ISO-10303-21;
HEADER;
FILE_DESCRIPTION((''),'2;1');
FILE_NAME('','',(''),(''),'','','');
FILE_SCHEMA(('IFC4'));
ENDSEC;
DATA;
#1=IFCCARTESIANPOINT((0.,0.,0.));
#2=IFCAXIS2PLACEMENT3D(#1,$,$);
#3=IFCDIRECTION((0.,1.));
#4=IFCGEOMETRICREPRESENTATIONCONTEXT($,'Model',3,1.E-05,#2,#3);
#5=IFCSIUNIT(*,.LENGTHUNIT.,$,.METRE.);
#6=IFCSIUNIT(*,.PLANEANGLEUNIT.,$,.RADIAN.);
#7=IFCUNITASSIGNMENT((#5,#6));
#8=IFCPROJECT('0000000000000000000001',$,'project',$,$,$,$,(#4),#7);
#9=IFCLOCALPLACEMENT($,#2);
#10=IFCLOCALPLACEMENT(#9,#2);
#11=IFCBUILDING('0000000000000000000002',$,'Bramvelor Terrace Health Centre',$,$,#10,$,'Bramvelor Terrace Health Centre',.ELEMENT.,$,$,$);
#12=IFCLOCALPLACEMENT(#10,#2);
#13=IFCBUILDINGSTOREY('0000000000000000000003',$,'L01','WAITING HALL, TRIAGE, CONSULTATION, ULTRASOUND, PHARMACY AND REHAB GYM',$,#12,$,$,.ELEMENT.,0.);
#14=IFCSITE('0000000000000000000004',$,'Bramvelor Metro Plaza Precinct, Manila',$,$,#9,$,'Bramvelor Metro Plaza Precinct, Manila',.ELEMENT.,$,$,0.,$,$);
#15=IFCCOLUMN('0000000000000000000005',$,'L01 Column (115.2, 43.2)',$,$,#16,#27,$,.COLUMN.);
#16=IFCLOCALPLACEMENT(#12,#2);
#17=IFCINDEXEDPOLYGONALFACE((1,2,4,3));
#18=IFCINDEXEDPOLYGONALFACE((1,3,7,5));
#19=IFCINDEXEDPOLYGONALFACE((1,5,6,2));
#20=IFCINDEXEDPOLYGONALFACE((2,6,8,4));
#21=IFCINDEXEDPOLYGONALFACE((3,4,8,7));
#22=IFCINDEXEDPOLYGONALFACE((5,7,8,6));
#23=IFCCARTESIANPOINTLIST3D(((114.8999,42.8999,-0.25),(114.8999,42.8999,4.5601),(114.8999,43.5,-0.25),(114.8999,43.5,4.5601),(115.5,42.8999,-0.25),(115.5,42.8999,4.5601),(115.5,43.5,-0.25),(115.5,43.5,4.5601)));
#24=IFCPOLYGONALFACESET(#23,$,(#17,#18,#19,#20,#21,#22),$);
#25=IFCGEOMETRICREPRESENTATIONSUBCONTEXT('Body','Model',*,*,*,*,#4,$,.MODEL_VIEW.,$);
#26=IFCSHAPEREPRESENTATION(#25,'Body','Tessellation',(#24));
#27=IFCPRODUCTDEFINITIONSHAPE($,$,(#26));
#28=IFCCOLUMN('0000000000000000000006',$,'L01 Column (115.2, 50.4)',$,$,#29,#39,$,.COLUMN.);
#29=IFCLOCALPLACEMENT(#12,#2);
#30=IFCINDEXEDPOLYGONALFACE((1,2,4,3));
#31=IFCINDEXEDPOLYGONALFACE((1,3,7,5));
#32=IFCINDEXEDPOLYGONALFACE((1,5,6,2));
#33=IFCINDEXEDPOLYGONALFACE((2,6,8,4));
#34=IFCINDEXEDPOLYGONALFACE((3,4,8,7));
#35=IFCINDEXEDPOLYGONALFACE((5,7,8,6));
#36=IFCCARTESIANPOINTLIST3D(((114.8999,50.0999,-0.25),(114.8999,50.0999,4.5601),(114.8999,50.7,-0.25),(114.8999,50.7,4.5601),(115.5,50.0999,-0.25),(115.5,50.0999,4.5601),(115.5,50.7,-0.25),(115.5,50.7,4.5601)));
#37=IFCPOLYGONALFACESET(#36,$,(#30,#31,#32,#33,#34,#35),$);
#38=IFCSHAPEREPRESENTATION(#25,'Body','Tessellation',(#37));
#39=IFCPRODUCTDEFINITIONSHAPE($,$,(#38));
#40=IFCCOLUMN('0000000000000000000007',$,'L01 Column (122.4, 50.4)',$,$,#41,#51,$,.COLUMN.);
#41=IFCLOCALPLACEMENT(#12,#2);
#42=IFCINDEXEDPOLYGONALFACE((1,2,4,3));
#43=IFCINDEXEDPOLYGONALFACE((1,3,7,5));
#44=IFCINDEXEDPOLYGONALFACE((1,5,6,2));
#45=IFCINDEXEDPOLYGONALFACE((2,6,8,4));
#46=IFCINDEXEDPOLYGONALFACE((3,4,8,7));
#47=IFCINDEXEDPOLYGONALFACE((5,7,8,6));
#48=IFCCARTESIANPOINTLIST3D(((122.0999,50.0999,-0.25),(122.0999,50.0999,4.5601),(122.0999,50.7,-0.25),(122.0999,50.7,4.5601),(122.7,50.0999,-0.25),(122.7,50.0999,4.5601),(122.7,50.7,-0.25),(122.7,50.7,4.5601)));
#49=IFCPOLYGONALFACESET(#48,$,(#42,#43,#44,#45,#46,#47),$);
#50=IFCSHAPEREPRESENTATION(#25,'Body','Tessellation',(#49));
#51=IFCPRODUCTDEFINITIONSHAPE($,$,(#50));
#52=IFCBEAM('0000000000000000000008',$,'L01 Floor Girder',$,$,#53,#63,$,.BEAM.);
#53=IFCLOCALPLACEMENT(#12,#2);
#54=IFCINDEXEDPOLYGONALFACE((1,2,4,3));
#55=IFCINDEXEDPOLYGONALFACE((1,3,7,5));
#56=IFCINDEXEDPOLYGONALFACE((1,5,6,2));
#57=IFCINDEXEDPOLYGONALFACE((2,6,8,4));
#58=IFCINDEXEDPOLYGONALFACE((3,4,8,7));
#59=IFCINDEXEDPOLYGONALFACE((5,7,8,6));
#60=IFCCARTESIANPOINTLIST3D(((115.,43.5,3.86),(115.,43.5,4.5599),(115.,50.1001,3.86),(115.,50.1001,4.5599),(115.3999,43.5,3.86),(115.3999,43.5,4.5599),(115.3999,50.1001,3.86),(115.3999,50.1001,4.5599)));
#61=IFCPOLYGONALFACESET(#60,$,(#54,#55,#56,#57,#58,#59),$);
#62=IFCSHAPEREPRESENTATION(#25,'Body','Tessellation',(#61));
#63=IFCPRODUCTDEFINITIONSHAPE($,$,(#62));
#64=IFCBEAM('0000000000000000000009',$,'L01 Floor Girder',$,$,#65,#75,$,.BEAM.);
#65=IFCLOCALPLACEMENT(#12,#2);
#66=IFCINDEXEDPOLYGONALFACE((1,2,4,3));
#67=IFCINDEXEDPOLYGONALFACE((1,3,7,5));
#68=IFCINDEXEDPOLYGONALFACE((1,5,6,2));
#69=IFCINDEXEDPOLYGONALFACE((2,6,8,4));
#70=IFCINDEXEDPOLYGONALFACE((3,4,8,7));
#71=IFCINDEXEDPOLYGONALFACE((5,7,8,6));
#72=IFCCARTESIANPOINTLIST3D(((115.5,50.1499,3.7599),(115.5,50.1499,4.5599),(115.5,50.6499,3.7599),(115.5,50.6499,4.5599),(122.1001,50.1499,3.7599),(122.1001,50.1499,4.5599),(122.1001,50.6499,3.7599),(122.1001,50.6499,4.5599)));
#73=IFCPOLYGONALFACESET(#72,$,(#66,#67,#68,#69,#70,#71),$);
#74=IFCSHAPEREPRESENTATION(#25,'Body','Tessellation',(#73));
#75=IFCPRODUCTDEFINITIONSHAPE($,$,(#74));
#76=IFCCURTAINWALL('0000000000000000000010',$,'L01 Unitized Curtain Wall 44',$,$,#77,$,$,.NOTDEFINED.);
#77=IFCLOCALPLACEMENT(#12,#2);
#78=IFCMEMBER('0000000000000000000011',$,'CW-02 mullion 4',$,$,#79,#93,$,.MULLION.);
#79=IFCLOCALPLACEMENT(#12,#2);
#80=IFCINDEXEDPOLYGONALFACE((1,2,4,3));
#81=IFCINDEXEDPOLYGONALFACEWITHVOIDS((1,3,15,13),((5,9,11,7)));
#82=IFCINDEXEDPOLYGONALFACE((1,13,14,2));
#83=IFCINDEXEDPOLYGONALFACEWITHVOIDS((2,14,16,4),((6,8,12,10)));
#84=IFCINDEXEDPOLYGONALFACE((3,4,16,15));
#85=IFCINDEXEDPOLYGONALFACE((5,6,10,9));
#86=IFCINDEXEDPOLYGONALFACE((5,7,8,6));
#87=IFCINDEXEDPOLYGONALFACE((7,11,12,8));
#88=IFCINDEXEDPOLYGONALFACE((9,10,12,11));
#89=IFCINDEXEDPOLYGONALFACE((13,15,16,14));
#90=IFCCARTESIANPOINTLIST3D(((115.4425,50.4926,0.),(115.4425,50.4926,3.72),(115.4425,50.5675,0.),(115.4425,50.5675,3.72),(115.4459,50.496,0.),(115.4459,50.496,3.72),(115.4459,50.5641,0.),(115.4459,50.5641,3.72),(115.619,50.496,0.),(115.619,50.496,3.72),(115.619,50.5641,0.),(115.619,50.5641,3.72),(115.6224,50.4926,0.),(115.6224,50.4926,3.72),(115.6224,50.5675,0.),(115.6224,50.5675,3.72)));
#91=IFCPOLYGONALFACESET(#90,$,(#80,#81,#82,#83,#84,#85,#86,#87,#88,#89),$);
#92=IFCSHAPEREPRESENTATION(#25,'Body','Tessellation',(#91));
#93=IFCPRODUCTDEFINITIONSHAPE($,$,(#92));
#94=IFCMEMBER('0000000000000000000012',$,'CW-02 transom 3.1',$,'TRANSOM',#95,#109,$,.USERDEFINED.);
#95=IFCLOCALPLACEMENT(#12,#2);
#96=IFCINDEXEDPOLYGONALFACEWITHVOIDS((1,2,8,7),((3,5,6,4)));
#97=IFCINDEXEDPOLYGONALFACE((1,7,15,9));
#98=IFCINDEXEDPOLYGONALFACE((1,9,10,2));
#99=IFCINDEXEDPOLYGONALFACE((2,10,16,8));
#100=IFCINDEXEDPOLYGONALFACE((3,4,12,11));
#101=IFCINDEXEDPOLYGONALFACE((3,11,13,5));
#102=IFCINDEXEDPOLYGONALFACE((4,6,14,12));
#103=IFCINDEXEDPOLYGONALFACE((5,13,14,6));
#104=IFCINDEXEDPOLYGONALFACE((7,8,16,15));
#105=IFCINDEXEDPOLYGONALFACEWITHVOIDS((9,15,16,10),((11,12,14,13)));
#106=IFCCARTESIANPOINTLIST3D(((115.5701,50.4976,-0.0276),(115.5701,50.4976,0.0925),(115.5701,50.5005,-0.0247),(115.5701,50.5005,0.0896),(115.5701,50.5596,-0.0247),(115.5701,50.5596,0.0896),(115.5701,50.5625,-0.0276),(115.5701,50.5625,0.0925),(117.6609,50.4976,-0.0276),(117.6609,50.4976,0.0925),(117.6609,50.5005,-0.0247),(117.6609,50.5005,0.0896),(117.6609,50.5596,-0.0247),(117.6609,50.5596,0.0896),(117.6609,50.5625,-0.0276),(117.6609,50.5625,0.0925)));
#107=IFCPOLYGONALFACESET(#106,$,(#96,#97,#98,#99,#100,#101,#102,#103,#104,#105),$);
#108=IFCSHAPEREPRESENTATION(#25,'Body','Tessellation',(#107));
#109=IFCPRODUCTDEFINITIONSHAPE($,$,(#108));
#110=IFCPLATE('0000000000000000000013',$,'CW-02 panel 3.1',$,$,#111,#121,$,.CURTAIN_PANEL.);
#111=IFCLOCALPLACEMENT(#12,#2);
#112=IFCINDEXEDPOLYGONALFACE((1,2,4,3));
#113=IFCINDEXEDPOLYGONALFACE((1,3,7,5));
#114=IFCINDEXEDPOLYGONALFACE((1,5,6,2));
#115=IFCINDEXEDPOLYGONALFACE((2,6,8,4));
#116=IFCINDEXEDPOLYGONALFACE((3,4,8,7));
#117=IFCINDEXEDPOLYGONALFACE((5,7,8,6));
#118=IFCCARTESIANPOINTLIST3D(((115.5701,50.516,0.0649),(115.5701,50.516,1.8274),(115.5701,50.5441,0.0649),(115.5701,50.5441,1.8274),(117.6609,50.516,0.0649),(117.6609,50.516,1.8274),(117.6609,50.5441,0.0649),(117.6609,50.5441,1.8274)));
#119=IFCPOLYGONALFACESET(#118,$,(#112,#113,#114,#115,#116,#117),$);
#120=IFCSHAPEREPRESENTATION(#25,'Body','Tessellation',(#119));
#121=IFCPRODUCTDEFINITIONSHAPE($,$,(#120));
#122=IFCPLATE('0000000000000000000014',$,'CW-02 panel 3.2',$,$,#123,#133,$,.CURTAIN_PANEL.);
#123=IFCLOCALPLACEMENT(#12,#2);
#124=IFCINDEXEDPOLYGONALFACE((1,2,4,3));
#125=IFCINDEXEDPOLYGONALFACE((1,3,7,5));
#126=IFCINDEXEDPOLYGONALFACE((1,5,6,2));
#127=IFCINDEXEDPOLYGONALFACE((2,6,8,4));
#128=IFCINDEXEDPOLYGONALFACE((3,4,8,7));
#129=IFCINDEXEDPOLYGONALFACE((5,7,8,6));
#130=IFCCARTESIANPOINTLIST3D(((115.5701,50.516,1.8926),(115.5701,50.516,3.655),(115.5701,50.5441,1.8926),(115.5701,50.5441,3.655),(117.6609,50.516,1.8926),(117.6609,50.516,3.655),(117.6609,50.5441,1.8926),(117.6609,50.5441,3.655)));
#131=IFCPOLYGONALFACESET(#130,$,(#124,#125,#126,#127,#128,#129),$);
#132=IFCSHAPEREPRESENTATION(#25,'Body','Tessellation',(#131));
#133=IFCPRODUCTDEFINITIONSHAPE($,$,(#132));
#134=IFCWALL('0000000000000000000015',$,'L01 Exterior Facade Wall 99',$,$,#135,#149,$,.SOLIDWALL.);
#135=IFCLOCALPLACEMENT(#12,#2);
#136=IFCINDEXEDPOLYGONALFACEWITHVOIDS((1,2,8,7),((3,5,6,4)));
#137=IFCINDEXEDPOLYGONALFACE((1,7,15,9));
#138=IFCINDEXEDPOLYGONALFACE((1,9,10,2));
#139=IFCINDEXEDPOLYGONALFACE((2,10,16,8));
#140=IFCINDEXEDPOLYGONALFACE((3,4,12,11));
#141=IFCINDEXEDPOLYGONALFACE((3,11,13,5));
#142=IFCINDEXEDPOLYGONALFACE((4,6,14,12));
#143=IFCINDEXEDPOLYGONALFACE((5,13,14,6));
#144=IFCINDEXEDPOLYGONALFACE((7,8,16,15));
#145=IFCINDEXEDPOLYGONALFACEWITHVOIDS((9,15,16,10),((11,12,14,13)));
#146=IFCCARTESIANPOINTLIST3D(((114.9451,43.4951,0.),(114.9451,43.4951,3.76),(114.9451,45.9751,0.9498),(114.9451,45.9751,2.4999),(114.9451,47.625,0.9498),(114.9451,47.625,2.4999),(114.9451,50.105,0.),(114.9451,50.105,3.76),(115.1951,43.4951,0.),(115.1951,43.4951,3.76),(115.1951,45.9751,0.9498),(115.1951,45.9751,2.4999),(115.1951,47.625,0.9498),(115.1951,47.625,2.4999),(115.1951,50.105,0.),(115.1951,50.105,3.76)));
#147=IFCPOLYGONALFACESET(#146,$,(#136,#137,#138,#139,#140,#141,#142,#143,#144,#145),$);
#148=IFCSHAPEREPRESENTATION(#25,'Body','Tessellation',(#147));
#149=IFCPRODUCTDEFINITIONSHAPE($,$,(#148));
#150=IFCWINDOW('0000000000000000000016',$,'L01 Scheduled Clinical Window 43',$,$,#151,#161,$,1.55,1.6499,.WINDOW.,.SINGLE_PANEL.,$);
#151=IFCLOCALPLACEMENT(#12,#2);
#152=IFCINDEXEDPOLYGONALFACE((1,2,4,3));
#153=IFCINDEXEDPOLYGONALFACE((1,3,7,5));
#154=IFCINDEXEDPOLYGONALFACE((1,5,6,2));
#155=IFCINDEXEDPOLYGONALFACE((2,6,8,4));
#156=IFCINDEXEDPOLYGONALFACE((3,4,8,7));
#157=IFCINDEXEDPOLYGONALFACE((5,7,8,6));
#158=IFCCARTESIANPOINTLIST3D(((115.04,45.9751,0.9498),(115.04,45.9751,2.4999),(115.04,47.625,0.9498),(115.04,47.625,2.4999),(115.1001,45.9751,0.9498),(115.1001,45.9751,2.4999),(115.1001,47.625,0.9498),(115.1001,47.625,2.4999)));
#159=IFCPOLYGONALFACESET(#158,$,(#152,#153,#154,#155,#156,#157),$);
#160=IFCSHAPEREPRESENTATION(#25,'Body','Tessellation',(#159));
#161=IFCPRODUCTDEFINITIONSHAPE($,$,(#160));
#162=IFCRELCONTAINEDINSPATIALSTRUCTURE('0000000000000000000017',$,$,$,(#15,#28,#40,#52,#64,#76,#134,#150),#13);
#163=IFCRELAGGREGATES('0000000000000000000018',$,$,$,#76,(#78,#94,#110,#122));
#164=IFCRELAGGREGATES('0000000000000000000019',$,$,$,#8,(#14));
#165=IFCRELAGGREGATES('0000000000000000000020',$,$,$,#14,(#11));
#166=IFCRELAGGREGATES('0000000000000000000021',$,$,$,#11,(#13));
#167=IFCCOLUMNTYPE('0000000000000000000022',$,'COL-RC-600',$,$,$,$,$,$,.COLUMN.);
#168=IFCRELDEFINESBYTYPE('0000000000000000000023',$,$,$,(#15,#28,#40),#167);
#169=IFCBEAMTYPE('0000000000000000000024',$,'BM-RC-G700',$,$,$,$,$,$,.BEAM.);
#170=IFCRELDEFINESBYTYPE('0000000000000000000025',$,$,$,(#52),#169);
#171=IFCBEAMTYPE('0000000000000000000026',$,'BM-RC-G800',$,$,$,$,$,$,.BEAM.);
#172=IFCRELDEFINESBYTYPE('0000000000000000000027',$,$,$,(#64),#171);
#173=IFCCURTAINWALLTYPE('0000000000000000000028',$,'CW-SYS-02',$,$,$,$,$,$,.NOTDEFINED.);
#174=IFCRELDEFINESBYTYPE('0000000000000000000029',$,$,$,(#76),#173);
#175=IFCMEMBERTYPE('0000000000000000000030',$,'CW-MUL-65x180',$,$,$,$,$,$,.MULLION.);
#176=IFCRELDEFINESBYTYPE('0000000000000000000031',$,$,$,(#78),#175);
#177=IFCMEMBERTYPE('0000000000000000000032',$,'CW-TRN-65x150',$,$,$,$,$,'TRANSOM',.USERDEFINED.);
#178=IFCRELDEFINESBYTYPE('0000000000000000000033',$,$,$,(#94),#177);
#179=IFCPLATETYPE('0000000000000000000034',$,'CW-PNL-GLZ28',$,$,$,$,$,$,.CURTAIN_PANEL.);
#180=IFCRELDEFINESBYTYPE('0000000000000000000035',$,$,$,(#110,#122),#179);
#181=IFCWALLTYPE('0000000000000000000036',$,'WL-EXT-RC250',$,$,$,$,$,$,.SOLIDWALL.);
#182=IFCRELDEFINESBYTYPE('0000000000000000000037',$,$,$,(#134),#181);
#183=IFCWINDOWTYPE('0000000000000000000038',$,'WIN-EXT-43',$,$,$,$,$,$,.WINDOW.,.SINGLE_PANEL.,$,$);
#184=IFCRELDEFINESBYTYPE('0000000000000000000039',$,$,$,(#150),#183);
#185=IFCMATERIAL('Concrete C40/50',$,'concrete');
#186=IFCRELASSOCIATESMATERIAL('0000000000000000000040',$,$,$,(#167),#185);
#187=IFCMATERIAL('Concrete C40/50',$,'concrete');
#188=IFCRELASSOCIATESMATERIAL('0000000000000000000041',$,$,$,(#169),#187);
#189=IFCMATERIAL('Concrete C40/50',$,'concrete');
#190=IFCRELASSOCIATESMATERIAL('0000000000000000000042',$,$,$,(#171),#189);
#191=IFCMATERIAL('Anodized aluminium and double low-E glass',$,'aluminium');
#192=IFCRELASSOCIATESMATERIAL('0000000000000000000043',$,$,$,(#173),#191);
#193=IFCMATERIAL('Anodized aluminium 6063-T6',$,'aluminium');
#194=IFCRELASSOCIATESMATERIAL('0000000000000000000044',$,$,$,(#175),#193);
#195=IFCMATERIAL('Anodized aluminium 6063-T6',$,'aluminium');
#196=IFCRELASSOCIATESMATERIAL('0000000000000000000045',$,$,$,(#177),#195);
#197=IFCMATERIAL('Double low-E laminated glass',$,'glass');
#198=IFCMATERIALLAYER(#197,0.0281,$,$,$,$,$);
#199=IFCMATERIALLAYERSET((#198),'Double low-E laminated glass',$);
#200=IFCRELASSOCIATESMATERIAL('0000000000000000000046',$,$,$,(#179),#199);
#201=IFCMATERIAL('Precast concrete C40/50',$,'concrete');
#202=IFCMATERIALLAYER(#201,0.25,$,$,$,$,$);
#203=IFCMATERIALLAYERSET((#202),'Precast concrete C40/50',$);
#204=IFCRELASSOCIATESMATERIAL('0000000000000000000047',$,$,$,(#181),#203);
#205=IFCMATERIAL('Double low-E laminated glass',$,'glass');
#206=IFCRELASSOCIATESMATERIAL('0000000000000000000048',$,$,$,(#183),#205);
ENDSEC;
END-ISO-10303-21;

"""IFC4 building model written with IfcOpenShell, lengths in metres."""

from ifc_helpers import new_model, si_unit, direction, frame, frame_2d, origin, origin_2d, place, context, subcontext, project, spatial, rectangle, hollow_rectangle, extrude, material, layer, layer_set, material_profile, profile_set, type_object, element, fill, aggregate, save


model = new_model("IFC4")

# Units and contexts
model_context = context("Model", 3, precision=1e-05, world=origin(), true_north=direction((0.0, 1.0)))
body_context = subcontext(model_context, "Body", "Model", "MODEL_VIEW")
ifc_project = project(units=[si_unit("LENGTHUNIT", "METRE"), si_unit("PLANEANGLEUNIT", "RADIAN")], contexts=[model_context])

# Site, building, storey
site_placement = place(None, origin())
site = spatial("IfcSite", under=ifc_project, at=site_placement, Name="Bramvelor Metro Plaza Precinct, Manila", LongName="Bramvelor Metro Plaza Precinct, Manila", CompositionType="ELEMENT", RefElevation=0.0)
building_placement = place(site_placement, origin())
building = spatial("IfcBuilding", under=site, at=building_placement, Name="Bramvelor Terrace Health Centre", LongName="Bramvelor Terrace Health Centre", CompositionType="ELEMENT")
storey_placement = place(building_placement, origin())
storey = spatial("IfcBuildingStorey", under=building, at=storey_placement, Name="L01", Description="WAITING HALL, TRIAGE, CONSULTATION, ULTRASOUND, PHARMACY AND REHAB GYM", CompositionType="ELEMENT", Elevation=0.0)

# Columns
ifc_material_1 = material(Name="Concrete C40/50", Category="concrete")
ifc_material_profile_1 = material_profile(ifc_material_1, rectangle(XDim=0.6001, YDim=0.6001, at=origin_2d()), Name="RC 600x600")
ifc_profile_set_1 = profile_set([ifc_material_profile_1], Name="Concrete C40/50")
column_type = type_object("IfcColumnType", Name="COL-RC-600", PredefinedType="COLUMN", material=ifc_profile_set_1)
for number, where, z_axis, x_axis, name in (
    (1, (115.2, 43.2, -0.25), (0.0, 0.0, 1.0), (1.0, 0.0, 0.0), "L01 Column (115.2, 43.2)"),
    (2, (115.2, 50.3999, -0.25), (0.0, 0.0, 1.0), (1.0, 0.0, 0.0), "L01 Column (115.2, 50.4)"),
    (3, (122.3999, 50.3999, -0.25), (0.0, 0.0, 1.0), (1.0, 0.0, 0.0), "L01 Column (122.4, 50.4)"),
):
    element("IfcColumn", number, at=place(storey_placement, frame(where, z_axis=z_axis, x_axis=x_axis)), inside=storey, type_object=column_type, Name=name, PredefinedType="COLUMN", context=body_context, shape_type="SweptSolid", body=[
        extrude(rectangle(XDim=0.6001, YDim=0.6001, at=origin_2d()), origin(), (0.0, 0.0, 1.0), 4.8101),
    ])

# Beams
ifc_material_2 = material(Name="Concrete C40/50", Category="concrete")
ifc_material_profile_2 = material_profile(ifc_material_2, rectangle(XDim=0.3999, YDim=0.7, at=origin_2d()), Name="RC 400x700")
ifc_profile_set_2 = profile_set([ifc_material_profile_2], Name="Concrete C40/50")
beam_type_1 = type_object("IfcBeamType", Name="BM-RC-G700", PredefinedType="BEAM", material=ifc_profile_set_2)
beam_1_placement = place(storey_placement, frame((115.2, 43.5, 4.21), z_axis=(0.0, 1.0, 0.0), x_axis=(-1.0, 0.0, 0.0)))
element("IfcBeam", 4, at=beam_1_placement, inside=storey, type_object=beam_type_1, Name="L01 Floor Girder", PredefinedType="BEAM", context=body_context, shape_type="SweptSolid", body=[
    extrude(rectangle(XDim=0.3999, YDim=0.7, at=origin_2d()), origin(), (0.0, 0.0, 1.0), 6.6001),
])
ifc_material_3 = material(Name="Concrete C40/50", Category="concrete")
ifc_material_profile_3 = material_profile(ifc_material_3, rectangle(XDim=0.5, YDim=0.8, at=origin_2d()), Name="RC 500x800")
ifc_profile_set_3 = profile_set([ifc_material_profile_3], Name="Concrete C40/50")
beam_type_2 = type_object("IfcBeamType", Name="BM-RC-G800", PredefinedType="BEAM", material=ifc_profile_set_3)
beam_2_placement = place(storey_placement, frame((115.5, 50.3999, 4.1599), z_axis=(1.0, 0.0, 0.0), x_axis=(0.0, 1.0, 0.0)))
element("IfcBeam", 5, at=beam_2_placement, inside=storey, type_object=beam_type_2, Name="L01 Floor Girder", PredefinedType="BEAM", context=body_context, shape_type="SweptSolid", body=[
    extrude(rectangle(XDim=0.5, YDim=0.8, at=origin_2d()), origin(), (0.0, 0.0, 1.0), 6.6001),
])

# Curtain wall, members, plates
ifc_material_4 = material(Name="Anodized aluminium and double low-E glass", Category="aluminium")
curtain_wall_type = type_object("IfcCurtainWallType", Name="CW-SYS-02", PredefinedType="NOTDEFINED", material=ifc_material_4)
curtain_wall_placement = place(storey_placement, origin())
curtain_wall = element("IfcCurtainWall", 6, at=curtain_wall_placement, inside=storey, type_object=curtain_wall_type, Name="L01 Unitized Curtain Wall 44", PredefinedType="NOTDEFINED")
ifc_material_5 = material(Name="Anodized aluminium 6063-T6", Category="aluminium")
ifc_material_profile_4 = material_profile(ifc_material_5, hollow_rectangle(XDim=0.075, YDim=0.1799, WallThickness=0.0034, at=origin_2d()), Name="ALU-MUL 75x180x3.5")
ifc_profile_set_4 = profile_set([ifc_material_profile_4], Name="Anodized aluminium 6063-T6")
member_type_1 = type_object("IfcMemberType", Name="CW-MUL-65x180", PredefinedType="MULLION", material=ifc_profile_set_4)
member_1_placement = place(storey_placement, frame((115.5325, 50.53, 0.0), z_axis=(0.0, 0.0, 1.0), x_axis=(0.0, -1.0, 0.0)))
member_1 = element("IfcMember", 7, at=member_1_placement, type_object=member_type_1, Name="CW-02 mullion 4", PredefinedType="MULLION", context=body_context, shape_type="SweptSolid", body=[
    extrude(hollow_rectangle(XDim=0.075, YDim=0.1799, WallThickness=0.0034, at=origin_2d()), origin(), (0.0, 0.0, 1.0), 3.72),
])
ifc_material_6 = material(Name="Anodized aluminium 6063-T6", Category="aluminium")
ifc_material_profile_5 = material_profile(ifc_material_6, hollow_rectangle(XDim=0.0649, YDim=0.1201, WallThickness=0.0029, at=origin_2d()), Name="ALU-TRN 65x120x3.0")
ifc_profile_set_5 = profile_set([ifc_material_profile_5], Name="Anodized aluminium 6063-T6")
member_type_2 = type_object("IfcMemberType", Name="CW-TRN-65x150", ElementType="TRANSOM", PredefinedType="USERDEFINED", material=ifc_profile_set_5)
member_2_placement = place(storey_placement, frame((117.6609, 50.53, 0.0325), z_axis=(-1.0, 0.0, 0.0), x_axis=(0.0, -1.0, 0.0)))
member_2 = element("IfcMember", 8, at=member_2_placement, type_object=member_type_2, Name="CW-02 transom 3.1", ObjectType="TRANSOM", PredefinedType="USERDEFINED", context=body_context, shape_type="SweptSolid", body=[
    extrude(hollow_rectangle(XDim=0.0649, YDim=0.1201, WallThickness=0.0029, at=origin_2d()), origin(), (0.0, 0.0, 1.0), 2.0908),
])
ifc_material_7 = material(Name="Double low-E laminated glass", Category="glass")
ifc_layer_1 = layer(ifc_material_7, 0.0281)
ifc_layer_set_1 = layer_set([ifc_layer_1], Name="Double low-E laminated glass")
plate_type = type_object("IfcPlateType", Name="CW-PNL-GLZ28", PredefinedType="CURTAIN_PANEL", material=ifc_layer_set_1)
plate_1_placement = place(storey_placement, frame((116.6155, 50.53, 0.0649), z_axis=(0.0, 0.0, 1.0), x_axis=(-1.0, 0.0, 0.0)))
plate_1 = element("IfcPlate", 9, at=plate_1_placement, type_object=plate_type, Name="CW-02 panel 3.1", PredefinedType="CURTAIN_PANEL", context=body_context, shape_type="SweptSolid", body=[
    extrude(rectangle(XDim=2.0908, YDim=0.0281, at=origin_2d()), origin(), (0.0, 0.0, 1.0), 1.7625),
])
plate_2_placement = place(storey_placement, frame((116.6155, 50.53, 1.8926), z_axis=(0.0, 0.0, 1.0), x_axis=(-1.0, 0.0, 0.0)))
plate_2 = element("IfcPlate", 10, at=plate_2_placement, type_object=plate_type, Name="CW-02 panel 3.2", PredefinedType="CURTAIN_PANEL", context=body_context, shape_type="SweptSolid", body=[
    extrude(rectangle(XDim=2.0908, YDim=0.0281, at=origin_2d()), origin(), (0.0, 0.0, 1.0), 1.7625),
])
aggregate(curtain_wall, [member_1, member_2, plate_1, plate_2])

# Wall, opening, window
ifc_material_8 = material(Name="Precast concrete C40/50", Category="concrete")
ifc_layer_2 = layer(ifc_material_8, 0.25)
ifc_layer_set_2 = layer_set([ifc_layer_2], Name="Precast concrete C40/50")
wall_type_1 = type_object("IfcWallType", Name="WL-EXT-RC250", PredefinedType="SOLIDWALL", material=ifc_layer_set_2)
wall_1_placement = place(storey_placement, frame((115.0701, 50.105, 0.0), z_axis=(0.0, 0.0, 1.0), x_axis=(0.0, -1.0, 0.0)))
wall_1 = element("IfcWall", 11, at=wall_1_placement, inside=storey, type_object=wall_type_1, Name="L01 Exterior Facade Wall 99", PredefinedType="SOLIDWALL", context=body_context, shape_type="SweptSolid", body=[
    extrude(rectangle(XDim=6.6099, YDim=0.25, at=frame_2d((3.3049, 0.0))), origin(), (0.0, 0.0, 1.0), 3.76),
])
opening_1_placement = place(wall_1_placement, frame((2.48, 0.0, 0.95)))
opening_1 = element("IfcOpeningElement", 12, at=opening_1_placement, cuts=wall_1, PredefinedType="OPENING", context=body_context, shape_type="SweptSolid", body=[
    extrude(rectangle(XDim=1.6499, YDim=1.55, at=frame_2d((0.825, 0.7749))), frame((0.0, 0.135, 0.0), z_axis=(0.0, -1.0, 0.0), x_axis=(1.0, 0.0, 0.0)), (0.0, 0.0, 1.0), 0.27),
])
ifc_material_9 = material(Name="Double low-E laminated glass", Category="glass")
window_type = type_object("IfcWindowType", Name="WIN-EXT-43", PartitioningType="SINGLE_PANEL", PredefinedType="WINDOW", material=ifc_material_9)
window_placement = place(opening_1_placement, origin())
window = element("IfcWindow", 13, at=window_placement, inside=storey, type_object=window_type, Name="L01 Scheduled Clinical Window 43", OverallHeight=1.55, OverallWidth=1.6499, PartitioningType="SINGLE_PANEL", PredefinedType="WINDOW", context=body_context, shape_type="SweptSolid", body=[
    extrude(rectangle(XDim=1.6499, YDim=1.55, at=frame_2d((0.825, 0.7749))), frame((0.0, 0.03, 0.0), z_axis=(0.0, -1.0, 0.0), x_axis=(1.0, 0.0, 0.0)), (0.0, 0.0, 1.0), 0.0601),
])
fill(opening_1, window)

save(model, "model.ifc")
